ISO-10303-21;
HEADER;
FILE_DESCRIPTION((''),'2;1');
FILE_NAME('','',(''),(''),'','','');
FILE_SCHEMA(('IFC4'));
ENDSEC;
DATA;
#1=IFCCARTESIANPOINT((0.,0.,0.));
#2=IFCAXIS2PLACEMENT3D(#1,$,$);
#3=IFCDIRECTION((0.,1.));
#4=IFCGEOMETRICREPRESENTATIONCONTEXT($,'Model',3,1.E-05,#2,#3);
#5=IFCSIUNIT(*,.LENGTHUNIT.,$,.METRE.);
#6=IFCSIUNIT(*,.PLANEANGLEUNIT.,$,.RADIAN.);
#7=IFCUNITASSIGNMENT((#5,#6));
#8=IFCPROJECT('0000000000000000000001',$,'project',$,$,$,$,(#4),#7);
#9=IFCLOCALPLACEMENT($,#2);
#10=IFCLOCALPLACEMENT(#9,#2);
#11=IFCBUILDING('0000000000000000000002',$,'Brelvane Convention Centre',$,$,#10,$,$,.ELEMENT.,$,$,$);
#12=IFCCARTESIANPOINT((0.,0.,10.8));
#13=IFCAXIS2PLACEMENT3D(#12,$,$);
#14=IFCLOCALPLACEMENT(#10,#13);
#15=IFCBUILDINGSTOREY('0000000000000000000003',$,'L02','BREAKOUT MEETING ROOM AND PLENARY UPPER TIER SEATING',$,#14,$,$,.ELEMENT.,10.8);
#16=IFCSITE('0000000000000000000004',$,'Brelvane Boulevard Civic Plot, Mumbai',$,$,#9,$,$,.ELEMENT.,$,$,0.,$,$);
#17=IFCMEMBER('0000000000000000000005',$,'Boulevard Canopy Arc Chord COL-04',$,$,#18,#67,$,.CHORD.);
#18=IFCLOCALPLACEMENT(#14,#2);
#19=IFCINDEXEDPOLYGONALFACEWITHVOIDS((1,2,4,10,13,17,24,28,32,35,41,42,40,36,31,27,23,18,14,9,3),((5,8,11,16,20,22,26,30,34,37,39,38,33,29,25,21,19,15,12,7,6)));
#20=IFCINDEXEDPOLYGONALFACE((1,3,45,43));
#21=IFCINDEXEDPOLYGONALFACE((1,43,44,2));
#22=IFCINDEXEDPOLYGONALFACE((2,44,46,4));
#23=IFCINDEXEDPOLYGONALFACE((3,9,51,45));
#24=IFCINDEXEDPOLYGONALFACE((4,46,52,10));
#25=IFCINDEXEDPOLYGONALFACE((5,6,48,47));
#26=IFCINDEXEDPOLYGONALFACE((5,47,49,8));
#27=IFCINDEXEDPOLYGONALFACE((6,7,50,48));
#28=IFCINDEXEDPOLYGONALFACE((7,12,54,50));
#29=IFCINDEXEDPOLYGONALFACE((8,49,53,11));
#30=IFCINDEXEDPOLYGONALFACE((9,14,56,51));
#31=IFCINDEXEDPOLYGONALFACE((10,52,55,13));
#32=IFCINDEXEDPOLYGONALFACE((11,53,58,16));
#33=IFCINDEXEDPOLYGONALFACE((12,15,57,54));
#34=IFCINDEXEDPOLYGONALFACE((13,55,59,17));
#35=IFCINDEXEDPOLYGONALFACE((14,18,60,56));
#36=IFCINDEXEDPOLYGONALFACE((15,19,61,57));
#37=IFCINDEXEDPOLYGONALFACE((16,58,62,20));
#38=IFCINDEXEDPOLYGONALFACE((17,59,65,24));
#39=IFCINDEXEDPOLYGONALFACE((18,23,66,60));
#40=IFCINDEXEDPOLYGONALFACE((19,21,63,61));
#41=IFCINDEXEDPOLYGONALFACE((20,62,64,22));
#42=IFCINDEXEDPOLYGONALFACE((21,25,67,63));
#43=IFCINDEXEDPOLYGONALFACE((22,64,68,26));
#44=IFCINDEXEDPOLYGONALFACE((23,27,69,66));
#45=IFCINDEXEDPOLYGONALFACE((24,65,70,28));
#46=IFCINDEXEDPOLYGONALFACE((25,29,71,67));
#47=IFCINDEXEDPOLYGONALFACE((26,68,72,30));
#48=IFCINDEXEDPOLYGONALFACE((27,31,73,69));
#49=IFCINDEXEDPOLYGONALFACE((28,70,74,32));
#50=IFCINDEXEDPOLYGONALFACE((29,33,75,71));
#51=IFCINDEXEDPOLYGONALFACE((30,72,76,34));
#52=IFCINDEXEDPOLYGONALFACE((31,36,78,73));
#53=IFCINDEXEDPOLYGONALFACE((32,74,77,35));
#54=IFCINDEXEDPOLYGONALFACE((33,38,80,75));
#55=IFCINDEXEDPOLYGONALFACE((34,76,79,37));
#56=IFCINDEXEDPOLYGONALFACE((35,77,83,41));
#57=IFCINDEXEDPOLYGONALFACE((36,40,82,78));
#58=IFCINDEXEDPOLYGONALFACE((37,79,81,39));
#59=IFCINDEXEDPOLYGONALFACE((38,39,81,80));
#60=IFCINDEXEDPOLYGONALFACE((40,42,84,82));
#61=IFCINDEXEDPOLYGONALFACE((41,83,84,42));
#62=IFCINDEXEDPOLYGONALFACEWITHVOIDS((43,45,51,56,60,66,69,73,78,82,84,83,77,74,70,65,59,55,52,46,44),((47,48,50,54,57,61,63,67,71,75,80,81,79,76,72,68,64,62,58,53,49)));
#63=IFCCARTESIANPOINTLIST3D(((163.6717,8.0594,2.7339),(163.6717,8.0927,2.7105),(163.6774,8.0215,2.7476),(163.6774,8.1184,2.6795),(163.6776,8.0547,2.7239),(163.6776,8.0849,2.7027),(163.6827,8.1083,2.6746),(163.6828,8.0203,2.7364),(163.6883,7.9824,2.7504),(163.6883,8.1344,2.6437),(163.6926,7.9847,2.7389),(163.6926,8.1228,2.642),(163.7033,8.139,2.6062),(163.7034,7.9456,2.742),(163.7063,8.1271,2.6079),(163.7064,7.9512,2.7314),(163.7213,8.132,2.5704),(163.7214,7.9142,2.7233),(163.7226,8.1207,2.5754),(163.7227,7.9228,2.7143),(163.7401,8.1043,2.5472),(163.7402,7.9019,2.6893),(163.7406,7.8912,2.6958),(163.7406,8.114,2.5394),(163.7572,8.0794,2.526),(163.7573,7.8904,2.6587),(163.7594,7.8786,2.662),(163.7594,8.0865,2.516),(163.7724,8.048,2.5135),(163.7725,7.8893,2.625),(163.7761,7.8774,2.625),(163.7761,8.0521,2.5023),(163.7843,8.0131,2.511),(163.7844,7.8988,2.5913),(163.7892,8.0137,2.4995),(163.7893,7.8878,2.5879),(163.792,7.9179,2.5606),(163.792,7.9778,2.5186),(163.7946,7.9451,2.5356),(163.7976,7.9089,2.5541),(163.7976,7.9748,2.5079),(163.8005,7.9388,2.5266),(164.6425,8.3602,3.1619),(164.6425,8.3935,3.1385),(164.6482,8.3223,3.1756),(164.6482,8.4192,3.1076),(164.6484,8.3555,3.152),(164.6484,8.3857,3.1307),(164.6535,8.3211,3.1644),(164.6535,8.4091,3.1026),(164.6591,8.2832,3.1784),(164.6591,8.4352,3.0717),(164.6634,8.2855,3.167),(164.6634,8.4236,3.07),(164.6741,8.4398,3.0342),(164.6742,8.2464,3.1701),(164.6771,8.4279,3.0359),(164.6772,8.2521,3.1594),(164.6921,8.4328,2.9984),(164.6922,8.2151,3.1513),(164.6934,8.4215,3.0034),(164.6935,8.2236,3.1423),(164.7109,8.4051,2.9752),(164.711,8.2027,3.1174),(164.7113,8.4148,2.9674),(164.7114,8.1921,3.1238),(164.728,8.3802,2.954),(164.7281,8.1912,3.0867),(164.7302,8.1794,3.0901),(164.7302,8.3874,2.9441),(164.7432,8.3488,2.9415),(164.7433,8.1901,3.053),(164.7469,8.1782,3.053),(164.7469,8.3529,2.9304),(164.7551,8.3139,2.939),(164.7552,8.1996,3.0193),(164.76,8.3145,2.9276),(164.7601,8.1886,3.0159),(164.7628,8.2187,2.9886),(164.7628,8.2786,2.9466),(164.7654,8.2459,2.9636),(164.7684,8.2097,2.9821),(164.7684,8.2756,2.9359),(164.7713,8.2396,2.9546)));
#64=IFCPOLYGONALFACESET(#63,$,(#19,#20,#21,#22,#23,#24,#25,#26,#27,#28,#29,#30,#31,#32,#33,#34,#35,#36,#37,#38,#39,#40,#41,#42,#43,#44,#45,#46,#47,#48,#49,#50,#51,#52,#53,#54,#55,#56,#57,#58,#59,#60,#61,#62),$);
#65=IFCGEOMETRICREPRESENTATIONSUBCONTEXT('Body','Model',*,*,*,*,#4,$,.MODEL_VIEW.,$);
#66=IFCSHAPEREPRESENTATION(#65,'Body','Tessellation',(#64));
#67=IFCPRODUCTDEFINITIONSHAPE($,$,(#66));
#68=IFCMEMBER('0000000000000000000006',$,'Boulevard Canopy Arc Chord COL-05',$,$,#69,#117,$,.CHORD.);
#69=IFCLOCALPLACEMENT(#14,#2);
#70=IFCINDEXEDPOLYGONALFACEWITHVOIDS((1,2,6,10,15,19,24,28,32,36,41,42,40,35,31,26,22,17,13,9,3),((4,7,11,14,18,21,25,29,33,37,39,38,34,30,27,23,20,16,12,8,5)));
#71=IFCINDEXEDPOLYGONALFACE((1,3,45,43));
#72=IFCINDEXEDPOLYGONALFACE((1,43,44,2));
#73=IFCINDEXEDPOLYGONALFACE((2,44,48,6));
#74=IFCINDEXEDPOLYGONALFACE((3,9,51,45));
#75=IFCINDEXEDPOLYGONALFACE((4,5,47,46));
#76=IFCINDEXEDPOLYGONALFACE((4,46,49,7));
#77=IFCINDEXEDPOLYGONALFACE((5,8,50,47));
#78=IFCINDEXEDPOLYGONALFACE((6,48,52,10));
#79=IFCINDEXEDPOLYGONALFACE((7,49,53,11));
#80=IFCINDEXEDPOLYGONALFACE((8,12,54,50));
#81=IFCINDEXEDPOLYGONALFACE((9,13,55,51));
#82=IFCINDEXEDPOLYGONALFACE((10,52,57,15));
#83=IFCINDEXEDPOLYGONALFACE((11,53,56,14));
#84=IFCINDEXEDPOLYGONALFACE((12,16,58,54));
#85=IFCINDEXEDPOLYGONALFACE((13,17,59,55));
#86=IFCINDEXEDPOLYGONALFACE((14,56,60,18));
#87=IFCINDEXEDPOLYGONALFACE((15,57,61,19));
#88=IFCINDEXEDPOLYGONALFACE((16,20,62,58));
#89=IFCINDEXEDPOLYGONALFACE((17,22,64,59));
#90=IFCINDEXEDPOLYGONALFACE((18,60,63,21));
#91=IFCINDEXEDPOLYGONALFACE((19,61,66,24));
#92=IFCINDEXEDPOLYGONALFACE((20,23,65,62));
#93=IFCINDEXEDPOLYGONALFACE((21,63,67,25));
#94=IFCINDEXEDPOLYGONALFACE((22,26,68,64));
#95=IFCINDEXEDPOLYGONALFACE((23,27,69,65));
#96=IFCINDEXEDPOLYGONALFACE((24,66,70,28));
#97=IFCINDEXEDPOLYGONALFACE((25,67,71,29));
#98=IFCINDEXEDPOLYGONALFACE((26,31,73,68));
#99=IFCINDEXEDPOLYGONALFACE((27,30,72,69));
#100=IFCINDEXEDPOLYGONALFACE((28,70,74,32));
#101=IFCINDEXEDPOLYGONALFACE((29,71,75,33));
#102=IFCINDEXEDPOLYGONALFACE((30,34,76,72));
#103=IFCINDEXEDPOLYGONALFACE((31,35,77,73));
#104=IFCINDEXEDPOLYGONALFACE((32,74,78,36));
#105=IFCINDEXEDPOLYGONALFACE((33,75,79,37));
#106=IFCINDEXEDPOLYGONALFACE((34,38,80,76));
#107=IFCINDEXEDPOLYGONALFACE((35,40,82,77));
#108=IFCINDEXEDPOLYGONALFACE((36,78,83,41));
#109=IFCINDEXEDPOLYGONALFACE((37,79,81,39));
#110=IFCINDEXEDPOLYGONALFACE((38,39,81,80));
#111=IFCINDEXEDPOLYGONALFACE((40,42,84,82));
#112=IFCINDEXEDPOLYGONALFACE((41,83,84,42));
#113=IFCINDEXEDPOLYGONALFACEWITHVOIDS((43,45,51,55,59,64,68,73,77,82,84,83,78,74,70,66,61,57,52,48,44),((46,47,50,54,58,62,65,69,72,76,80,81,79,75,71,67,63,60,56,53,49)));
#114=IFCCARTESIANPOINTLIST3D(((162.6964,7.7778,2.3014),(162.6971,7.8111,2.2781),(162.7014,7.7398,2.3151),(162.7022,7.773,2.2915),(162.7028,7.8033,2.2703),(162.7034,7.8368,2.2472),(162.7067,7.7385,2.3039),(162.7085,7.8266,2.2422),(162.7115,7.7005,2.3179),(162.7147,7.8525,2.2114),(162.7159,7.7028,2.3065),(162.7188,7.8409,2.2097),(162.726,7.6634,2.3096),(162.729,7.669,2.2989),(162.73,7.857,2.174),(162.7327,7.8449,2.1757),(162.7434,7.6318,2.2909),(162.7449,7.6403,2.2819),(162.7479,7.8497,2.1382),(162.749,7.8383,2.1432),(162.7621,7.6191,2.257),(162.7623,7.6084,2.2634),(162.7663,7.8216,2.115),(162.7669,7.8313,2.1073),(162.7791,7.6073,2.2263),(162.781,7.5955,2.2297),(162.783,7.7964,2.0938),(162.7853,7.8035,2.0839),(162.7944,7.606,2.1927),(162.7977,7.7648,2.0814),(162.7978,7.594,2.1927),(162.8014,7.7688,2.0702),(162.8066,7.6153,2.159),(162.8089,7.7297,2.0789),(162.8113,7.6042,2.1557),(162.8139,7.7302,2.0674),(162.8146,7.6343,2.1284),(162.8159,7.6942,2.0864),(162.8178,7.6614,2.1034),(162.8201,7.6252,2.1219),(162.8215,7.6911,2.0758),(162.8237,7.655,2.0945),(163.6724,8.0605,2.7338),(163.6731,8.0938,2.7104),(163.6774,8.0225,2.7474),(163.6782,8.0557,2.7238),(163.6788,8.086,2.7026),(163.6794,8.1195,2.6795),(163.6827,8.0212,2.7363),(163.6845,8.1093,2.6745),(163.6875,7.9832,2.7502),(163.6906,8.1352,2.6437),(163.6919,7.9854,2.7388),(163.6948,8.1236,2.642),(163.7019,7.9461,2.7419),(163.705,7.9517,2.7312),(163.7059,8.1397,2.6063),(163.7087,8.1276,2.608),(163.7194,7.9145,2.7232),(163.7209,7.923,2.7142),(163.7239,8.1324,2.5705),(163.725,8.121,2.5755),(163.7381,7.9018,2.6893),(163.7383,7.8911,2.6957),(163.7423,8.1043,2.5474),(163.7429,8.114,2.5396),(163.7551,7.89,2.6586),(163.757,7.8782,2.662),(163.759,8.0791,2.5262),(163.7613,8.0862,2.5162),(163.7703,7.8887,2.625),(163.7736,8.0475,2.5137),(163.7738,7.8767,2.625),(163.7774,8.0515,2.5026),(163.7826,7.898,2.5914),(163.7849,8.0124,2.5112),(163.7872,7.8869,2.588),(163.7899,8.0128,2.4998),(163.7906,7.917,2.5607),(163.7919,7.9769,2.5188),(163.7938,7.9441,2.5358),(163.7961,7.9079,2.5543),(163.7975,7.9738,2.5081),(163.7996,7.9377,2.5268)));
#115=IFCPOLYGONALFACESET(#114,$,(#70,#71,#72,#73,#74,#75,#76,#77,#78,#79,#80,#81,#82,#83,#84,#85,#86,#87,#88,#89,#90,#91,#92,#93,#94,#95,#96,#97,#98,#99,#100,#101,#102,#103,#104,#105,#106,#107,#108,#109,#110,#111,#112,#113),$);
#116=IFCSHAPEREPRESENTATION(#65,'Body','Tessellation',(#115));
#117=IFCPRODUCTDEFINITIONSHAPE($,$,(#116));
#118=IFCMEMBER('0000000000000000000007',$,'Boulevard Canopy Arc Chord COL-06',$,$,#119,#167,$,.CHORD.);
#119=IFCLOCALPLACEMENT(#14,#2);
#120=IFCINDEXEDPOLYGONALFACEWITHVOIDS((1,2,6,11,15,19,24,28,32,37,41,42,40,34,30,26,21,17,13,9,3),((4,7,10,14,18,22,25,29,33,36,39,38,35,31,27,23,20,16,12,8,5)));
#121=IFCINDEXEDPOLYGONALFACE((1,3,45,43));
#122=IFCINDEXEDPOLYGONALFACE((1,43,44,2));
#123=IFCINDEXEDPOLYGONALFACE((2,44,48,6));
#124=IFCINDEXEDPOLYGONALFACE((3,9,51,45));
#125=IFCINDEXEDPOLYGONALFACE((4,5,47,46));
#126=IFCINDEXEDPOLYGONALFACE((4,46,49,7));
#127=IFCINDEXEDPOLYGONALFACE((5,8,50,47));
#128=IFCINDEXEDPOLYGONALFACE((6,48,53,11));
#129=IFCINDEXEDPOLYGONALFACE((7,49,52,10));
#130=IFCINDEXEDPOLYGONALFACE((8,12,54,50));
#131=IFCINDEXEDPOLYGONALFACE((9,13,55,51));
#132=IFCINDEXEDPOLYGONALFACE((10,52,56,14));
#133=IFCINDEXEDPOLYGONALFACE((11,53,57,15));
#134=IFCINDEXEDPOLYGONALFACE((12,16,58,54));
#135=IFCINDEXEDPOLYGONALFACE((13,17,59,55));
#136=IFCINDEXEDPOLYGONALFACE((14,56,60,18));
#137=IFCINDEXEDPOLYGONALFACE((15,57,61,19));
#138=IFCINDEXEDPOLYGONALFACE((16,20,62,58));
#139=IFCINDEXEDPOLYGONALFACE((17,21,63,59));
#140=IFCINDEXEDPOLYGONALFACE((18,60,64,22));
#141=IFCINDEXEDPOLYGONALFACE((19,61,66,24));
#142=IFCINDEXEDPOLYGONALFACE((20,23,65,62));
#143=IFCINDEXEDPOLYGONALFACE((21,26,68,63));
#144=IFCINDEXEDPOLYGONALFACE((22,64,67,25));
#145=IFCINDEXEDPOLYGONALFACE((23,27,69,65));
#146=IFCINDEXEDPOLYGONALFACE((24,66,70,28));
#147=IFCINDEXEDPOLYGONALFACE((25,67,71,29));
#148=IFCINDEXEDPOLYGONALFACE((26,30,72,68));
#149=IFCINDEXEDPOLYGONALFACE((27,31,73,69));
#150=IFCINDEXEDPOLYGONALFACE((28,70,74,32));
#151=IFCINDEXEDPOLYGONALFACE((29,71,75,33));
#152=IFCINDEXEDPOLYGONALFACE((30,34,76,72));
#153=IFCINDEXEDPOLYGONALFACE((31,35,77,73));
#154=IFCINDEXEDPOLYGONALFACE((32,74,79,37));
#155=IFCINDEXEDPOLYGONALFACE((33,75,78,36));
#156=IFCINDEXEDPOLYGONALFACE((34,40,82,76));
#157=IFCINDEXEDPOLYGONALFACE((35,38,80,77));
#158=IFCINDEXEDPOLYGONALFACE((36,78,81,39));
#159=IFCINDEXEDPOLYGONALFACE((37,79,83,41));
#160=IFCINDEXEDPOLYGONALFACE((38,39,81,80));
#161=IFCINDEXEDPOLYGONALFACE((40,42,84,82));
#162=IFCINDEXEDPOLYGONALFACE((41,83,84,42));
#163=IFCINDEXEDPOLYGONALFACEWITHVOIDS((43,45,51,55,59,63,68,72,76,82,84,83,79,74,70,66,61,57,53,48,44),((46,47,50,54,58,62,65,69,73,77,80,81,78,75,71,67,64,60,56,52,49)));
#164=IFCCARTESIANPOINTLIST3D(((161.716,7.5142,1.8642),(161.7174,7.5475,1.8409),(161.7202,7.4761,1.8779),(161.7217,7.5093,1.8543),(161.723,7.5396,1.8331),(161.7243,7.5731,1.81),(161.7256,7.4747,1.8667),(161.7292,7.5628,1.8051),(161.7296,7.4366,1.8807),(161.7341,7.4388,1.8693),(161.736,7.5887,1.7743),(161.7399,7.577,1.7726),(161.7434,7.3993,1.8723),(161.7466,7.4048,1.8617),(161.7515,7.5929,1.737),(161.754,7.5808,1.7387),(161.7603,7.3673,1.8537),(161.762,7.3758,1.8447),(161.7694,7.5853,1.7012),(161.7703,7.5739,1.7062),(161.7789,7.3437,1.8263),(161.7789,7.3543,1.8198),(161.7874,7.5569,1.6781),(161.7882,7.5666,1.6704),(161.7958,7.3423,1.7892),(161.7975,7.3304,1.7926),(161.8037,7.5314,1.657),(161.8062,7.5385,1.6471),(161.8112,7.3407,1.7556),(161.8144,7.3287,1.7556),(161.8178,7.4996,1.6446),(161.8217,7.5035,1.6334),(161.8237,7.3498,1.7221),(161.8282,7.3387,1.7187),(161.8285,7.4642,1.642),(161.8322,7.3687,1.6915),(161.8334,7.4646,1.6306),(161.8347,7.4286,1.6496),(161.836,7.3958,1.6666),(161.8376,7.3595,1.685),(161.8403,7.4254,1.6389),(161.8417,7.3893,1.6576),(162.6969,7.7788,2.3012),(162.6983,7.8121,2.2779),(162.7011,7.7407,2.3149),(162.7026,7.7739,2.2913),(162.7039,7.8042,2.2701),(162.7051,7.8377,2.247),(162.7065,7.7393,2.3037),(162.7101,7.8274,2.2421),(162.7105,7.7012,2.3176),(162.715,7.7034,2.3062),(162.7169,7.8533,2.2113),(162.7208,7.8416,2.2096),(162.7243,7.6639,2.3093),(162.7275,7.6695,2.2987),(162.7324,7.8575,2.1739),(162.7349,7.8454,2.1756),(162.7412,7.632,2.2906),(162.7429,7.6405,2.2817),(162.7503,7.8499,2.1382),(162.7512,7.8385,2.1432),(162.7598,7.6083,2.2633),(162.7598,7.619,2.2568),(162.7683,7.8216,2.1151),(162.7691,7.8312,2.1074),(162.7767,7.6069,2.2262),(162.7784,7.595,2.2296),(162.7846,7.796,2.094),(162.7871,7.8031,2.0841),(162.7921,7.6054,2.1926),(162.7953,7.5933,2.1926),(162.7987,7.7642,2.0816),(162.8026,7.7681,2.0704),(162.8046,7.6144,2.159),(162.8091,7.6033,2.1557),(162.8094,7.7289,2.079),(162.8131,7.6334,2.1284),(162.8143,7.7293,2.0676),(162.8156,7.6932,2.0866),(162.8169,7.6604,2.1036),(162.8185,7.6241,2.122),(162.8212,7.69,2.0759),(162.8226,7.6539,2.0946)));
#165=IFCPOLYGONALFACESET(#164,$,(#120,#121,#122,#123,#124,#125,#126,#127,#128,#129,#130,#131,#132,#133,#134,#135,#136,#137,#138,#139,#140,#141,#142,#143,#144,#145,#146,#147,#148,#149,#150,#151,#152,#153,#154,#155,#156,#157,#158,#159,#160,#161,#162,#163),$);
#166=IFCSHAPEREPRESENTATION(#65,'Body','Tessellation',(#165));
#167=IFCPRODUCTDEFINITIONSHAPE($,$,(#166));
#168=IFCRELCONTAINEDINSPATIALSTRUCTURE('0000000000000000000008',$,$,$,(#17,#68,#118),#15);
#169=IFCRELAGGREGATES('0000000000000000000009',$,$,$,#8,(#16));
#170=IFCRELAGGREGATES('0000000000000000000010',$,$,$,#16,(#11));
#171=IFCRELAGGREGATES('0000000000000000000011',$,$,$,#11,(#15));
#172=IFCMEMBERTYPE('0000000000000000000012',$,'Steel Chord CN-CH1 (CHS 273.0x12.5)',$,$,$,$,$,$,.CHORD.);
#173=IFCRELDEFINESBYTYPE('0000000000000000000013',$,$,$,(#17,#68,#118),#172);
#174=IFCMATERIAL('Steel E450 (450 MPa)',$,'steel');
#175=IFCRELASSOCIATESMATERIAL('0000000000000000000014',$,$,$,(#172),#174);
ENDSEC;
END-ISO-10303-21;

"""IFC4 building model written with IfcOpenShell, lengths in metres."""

from ifc_helpers import new_model, si_unit, direction, frame, origin, origin_2d, place, context, subcontext, project, spatial, hollow_circle, extrude, material, material_profile, profile_set, type_object, element, save


model = new_model("IFC4")

# Units and contexts
model_context = context("Model", 3, precision=1e-05, world=origin(), true_north=direction((0.0, 1.0)))
body_context = subcontext(model_context, "Body", "Model", "MODEL_VIEW")
ifc_project = project(units=[si_unit("LENGTHUNIT", "METRE"), si_unit("PLANEANGLEUNIT", "RADIAN")], contexts=[model_context])

# Site, building, storey
site_placement = place(None, origin())
site = spatial("IfcSite", under=ifc_project, at=site_placement, Name="Brelvane Boulevard Civic Plot, Mumbai", CompositionType="ELEMENT", RefElevation=0.0)
building_placement = place(site_placement, origin())
building = spatial("IfcBuilding", under=site, at=building_placement, Name="Brelvane Convention Centre", CompositionType="ELEMENT")
storey_placement = place(building_placement, frame((0.0, 0.0, 10.8)))
storey = spatial("IfcBuildingStorey", under=building, at=storey_placement, Name="L02", Description="BREAKOUT MEETING ROOM AND PLENARY UPPER TIER SEATING", CompositionType="ELEMENT", Elevation=10.8)

# Members
ifc_material_1 = material(Name="Steel E450 (450 MPa)", Category="steel")
ifc_material_profile_1 = material_profile(ifc_material_1, hollow_circle(Radius=0.1365, WallThickness=0.0125, at=origin_2d()), Name="CHS 273.0x12.5")
ifc_profile_set_1 = profile_set([ifc_material_profile_1], Name="Steel E450 (450 MPa)")
member_type_1 = type_object("IfcMemberType", Name="Steel Chord CN-CH1 (CHS 273.0x12.5)", PredefinedType="CHORD", material=ifc_profile_set_1)
member_1_placement = place(storey_placement, frame((164.7065, 8.3086, 3.053), z_axis=(-0.880314, -0.272773, -0.388126), x_axis=(0.295976, -0.955195, 0.0)))
element("IfcMember", 1, at=member_1_placement, inside=storey, type_object=member_type_1, Name="Boulevard Canopy Arc Chord COL-04", PredefinedType="CHORD", context=body_context, shape_type="SweptSolid", body=[
    extrude(hollow_circle(Radius=0.1365, WallThickness=0.0125, at=origin_2d()), origin(), (0.0, 0.0, 1.0), 1.1028),
])
member_2_placement = place(storey_placement, frame((163.7358, 8.0078, 2.625), z_axis=(-0.883843, -0.256, -0.391517), x_axis=(0.27821, -0.96052, 0.0)))
element("IfcMember", 2, at=member_2_placement, inside=storey, type_object=member_type_1, Name="Boulevard Canopy Arc Chord COL-05", PredefinedType="CHORD", context=body_context, shape_type="SweptSolid", body=[
    extrude(hollow_circle(Radius=0.1365, WallThickness=0.0125, at=origin_2d()), origin(), (0.0, 0.0, 1.0), 1.1042),
])
member_3_placement = place(storey_placement, frame((162.7598, 7.7251, 2.1926), z_axis=(-0.88692, -0.239279, -0.395119), x_axis=(0.260473, -0.965481, 0.0)))
element("IfcMember", 3, at=member_3_placement, inside=storey, type_object=member_type_1, Name="Boulevard Canopy Arc Chord COL-06", PredefinedType="CHORD", context=body_context, shape_type="SweptSolid", body=[
    extrude(hollow_circle(Radius=0.1365, WallThickness=0.0125, at=origin_2d()), origin(), (0.0, 0.0, 1.0), 1.106),
])

save(model, "model.ifc")
